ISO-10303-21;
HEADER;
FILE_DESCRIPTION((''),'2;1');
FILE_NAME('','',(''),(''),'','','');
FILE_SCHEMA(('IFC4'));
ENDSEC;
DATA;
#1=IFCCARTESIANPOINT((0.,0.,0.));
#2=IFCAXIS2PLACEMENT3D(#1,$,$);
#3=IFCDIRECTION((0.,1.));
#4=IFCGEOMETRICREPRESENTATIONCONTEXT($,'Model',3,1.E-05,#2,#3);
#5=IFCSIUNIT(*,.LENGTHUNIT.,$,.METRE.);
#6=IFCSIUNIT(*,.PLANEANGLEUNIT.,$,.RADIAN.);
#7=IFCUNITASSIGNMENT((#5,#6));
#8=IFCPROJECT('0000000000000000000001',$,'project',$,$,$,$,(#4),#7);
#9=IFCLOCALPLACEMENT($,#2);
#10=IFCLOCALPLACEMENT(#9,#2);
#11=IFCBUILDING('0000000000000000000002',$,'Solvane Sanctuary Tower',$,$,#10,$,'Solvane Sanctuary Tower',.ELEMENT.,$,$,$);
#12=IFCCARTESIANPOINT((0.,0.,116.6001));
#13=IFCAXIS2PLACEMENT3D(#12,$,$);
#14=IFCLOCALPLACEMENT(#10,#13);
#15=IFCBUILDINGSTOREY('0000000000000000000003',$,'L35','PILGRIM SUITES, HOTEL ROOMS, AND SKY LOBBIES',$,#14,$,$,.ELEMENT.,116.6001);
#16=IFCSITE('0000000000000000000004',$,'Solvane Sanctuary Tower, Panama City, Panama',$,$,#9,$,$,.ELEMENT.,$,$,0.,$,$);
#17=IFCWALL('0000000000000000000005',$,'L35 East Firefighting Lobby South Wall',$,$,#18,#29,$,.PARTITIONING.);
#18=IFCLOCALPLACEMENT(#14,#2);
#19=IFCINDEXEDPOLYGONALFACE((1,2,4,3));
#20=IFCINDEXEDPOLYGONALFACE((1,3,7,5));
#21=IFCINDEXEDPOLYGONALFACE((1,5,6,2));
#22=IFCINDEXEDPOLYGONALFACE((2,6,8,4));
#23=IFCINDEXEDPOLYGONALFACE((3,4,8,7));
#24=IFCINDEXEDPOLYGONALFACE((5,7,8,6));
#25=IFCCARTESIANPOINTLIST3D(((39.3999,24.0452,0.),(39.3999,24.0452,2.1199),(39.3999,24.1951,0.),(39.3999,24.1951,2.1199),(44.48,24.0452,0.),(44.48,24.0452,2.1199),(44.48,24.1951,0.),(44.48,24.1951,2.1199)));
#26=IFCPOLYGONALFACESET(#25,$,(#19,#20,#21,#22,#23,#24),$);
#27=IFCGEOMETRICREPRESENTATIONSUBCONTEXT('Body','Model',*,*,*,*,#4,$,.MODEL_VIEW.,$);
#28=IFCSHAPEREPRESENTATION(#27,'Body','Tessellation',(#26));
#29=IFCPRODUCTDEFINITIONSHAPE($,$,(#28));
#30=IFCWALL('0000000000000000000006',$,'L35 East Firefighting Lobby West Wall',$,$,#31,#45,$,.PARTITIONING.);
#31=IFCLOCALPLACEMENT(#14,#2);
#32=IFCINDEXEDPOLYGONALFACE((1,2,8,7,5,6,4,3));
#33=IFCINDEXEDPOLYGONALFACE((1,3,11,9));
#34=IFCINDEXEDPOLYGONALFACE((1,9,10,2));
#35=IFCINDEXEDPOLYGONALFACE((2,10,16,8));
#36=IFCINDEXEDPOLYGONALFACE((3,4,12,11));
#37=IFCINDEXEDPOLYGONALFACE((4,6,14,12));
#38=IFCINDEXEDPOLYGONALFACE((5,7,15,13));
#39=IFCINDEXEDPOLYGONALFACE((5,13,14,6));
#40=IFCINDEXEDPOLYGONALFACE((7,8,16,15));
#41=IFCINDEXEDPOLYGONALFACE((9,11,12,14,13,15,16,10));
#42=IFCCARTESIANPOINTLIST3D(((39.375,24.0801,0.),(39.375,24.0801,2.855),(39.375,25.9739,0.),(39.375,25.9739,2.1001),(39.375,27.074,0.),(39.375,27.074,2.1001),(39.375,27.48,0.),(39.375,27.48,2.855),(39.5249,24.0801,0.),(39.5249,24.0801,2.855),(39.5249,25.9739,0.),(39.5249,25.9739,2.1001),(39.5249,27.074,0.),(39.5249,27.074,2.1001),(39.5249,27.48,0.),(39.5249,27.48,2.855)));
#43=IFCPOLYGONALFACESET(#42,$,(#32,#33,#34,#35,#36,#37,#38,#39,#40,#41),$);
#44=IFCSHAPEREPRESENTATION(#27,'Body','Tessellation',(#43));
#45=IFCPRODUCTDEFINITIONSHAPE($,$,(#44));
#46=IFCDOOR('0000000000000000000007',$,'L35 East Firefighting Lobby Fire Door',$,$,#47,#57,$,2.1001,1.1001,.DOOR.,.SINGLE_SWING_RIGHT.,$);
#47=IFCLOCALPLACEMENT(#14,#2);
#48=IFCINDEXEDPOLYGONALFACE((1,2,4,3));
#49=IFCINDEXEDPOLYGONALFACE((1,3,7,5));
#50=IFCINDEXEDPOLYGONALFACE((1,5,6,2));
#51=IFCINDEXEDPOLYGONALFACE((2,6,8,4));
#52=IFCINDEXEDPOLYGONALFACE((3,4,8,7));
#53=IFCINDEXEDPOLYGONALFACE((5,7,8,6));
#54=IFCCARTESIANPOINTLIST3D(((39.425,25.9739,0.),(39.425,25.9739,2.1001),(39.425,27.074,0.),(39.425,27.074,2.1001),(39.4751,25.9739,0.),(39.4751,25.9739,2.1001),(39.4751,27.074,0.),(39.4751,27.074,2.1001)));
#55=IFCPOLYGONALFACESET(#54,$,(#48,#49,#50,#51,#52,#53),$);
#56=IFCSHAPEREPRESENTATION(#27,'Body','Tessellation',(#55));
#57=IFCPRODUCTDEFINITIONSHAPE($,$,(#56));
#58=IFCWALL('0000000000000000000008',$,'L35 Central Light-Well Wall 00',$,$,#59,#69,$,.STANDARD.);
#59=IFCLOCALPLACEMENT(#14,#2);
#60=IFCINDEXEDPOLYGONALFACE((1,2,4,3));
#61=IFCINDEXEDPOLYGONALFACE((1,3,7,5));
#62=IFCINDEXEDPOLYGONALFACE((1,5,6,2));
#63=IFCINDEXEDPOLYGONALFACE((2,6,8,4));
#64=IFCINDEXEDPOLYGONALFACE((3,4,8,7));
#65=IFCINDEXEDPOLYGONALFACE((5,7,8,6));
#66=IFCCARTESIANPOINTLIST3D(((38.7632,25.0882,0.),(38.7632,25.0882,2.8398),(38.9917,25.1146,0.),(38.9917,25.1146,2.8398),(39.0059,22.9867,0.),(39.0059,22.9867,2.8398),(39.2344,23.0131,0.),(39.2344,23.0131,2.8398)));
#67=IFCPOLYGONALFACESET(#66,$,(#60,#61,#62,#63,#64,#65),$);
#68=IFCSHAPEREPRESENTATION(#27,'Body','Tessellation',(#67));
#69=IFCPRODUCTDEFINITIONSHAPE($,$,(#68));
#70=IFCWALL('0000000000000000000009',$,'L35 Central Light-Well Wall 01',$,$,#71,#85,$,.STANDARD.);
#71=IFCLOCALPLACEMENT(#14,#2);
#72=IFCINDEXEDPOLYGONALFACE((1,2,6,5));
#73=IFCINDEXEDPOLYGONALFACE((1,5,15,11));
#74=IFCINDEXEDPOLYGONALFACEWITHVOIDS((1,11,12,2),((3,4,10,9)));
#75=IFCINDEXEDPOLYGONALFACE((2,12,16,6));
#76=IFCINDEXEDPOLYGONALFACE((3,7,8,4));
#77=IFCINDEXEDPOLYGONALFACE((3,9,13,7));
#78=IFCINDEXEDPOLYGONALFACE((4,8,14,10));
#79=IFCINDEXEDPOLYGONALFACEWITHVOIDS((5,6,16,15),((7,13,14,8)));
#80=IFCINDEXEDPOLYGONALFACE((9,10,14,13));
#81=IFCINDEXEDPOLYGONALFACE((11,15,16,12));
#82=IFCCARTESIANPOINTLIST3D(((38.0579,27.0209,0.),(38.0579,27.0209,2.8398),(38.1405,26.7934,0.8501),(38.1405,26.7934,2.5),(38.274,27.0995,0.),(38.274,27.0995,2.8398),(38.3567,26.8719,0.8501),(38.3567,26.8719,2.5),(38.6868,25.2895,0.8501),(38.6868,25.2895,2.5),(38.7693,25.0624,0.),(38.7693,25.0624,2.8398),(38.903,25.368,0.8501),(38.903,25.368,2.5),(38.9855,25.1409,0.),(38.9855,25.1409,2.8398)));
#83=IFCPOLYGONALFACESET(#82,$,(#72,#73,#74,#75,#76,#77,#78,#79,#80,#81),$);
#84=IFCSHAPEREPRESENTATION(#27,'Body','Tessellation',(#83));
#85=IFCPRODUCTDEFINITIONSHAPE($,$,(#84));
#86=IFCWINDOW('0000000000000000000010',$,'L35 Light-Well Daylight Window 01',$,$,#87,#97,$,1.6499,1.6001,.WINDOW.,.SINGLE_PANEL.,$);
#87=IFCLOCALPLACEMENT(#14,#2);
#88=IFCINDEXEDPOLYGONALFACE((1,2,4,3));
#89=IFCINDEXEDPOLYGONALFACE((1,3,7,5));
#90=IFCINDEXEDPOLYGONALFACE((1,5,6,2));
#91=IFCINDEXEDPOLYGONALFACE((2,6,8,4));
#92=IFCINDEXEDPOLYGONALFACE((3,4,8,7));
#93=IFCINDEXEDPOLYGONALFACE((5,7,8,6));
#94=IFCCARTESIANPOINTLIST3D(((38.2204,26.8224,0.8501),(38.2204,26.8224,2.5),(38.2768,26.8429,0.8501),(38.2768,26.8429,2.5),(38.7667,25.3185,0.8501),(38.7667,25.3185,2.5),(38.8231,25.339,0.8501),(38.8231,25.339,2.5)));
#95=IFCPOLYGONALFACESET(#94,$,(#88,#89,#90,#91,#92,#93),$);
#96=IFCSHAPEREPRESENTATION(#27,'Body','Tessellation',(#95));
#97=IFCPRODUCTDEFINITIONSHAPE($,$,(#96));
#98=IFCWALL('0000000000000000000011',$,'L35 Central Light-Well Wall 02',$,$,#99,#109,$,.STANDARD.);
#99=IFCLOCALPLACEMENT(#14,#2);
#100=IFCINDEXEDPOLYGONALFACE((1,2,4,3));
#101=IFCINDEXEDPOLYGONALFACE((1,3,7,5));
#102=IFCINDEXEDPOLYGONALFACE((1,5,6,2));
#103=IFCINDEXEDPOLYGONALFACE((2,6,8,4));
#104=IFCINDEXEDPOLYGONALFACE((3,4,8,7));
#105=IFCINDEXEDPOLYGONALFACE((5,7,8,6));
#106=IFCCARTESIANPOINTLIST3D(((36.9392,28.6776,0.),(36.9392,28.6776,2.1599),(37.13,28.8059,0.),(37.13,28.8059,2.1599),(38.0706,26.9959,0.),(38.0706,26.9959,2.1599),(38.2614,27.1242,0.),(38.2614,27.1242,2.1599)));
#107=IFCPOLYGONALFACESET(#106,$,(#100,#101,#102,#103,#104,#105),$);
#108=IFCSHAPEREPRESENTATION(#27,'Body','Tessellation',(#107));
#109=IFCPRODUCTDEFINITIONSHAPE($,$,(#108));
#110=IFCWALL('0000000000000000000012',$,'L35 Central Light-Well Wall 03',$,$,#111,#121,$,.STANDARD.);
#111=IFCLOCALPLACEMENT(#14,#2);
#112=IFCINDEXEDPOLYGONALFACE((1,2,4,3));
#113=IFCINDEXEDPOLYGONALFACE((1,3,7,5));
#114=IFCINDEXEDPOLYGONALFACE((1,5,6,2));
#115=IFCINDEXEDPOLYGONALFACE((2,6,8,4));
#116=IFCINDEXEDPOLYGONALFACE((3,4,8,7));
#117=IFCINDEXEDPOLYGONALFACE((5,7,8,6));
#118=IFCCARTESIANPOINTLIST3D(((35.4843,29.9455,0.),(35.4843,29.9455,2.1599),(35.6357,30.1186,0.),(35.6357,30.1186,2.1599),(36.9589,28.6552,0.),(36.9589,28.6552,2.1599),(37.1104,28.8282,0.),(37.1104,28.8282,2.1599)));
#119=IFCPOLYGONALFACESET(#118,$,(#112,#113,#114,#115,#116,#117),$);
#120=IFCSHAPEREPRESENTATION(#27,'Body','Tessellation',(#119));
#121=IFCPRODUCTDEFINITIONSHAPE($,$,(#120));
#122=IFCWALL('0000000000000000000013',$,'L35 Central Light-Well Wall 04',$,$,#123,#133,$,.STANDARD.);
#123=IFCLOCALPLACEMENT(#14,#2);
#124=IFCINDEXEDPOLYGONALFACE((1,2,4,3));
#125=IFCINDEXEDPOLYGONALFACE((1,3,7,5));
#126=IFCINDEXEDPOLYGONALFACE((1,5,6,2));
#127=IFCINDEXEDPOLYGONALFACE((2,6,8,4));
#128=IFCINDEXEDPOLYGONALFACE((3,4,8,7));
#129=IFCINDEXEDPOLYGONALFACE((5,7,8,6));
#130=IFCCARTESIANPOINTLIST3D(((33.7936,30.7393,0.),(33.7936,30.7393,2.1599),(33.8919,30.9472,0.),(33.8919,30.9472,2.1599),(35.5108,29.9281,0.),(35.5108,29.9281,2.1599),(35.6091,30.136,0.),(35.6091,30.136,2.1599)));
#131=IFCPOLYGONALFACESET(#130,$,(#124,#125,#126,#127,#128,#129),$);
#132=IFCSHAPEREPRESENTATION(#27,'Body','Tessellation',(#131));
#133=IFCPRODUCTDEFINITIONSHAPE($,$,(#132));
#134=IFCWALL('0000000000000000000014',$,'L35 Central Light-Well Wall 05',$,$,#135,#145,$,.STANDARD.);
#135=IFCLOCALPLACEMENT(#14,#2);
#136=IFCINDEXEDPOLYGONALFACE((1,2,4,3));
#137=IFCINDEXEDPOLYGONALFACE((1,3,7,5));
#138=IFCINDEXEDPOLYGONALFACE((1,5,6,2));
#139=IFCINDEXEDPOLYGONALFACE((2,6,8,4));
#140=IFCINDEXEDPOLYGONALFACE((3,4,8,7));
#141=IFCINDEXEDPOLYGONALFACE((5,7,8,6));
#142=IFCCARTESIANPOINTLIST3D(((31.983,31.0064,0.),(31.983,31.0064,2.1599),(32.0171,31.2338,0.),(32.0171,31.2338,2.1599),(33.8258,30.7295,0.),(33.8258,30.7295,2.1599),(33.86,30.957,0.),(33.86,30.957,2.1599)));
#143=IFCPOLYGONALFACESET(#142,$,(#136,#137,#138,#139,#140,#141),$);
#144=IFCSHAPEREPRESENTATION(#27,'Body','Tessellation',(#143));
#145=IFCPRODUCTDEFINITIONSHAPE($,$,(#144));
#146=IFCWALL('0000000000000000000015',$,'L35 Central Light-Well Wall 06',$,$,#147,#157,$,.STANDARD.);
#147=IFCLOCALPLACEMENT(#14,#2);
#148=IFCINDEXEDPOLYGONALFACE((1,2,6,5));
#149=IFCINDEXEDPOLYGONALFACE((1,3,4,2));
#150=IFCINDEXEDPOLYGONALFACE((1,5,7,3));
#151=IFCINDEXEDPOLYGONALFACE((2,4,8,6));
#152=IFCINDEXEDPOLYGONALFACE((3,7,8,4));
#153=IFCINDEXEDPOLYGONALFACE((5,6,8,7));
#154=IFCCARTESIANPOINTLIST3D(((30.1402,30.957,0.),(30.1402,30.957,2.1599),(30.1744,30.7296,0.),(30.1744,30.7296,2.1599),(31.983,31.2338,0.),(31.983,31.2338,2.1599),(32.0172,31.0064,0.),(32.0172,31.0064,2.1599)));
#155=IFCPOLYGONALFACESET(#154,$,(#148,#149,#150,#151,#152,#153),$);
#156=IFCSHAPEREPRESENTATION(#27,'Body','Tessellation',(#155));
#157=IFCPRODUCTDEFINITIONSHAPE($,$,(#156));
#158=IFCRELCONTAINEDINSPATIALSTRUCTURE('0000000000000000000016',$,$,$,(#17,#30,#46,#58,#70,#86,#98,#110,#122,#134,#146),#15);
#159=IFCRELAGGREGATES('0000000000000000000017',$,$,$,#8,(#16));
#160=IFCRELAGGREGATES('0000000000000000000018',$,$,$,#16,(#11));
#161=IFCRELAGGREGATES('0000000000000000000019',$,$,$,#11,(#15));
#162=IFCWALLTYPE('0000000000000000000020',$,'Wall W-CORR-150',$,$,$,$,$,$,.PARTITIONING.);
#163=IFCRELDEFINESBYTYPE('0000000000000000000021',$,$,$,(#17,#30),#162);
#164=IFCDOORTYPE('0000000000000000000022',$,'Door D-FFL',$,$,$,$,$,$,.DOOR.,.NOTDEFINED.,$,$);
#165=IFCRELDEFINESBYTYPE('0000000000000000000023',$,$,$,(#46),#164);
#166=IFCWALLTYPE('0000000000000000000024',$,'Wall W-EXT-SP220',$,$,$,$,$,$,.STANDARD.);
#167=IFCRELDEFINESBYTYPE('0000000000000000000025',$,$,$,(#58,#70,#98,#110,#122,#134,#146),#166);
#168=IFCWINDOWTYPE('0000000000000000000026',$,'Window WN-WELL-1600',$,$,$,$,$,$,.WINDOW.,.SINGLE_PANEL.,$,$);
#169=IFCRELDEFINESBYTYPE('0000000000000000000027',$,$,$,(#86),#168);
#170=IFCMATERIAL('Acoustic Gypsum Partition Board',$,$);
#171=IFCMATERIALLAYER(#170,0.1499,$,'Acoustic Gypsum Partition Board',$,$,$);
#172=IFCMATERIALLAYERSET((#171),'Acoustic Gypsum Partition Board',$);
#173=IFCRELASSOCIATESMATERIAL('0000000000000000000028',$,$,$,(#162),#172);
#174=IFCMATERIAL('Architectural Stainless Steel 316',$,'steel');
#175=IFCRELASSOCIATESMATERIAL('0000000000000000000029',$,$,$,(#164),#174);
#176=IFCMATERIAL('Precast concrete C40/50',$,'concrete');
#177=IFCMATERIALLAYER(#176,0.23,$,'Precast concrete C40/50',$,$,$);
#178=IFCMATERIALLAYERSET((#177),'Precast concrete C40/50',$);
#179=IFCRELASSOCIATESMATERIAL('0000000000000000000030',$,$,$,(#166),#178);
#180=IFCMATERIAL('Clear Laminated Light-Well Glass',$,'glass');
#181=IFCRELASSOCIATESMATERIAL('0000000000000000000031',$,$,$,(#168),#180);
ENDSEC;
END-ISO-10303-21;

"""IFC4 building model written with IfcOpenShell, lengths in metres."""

from ifc_helpers import new_model, si_unit, direction, frame, frame_2d, origin, place, context, subcontext, project, spatial, rectangle, extrude, material, layer, layer_set, type_object, element, fill, save


model = new_model("IFC4")

# Units and contexts
model_context = context("Model", 3, precision=1e-05, world=origin(), true_north=direction((0.0, 1.0)))
body_context = subcontext(model_context, "Body", "Model", "MODEL_VIEW")
ifc_project = project(units=[si_unit("LENGTHUNIT", "METRE"), si_unit("PLANEANGLEUNIT", "RADIAN")], contexts=[model_context])

# Site, building, storey
site_placement = place(None, origin())
site = spatial("IfcSite", under=ifc_project, at=site_placement, Name="Solvane Sanctuary Tower, Panama City, Panama", CompositionType="ELEMENT", RefElevation=0.0)
building_placement = place(site_placement, origin())
building = spatial("IfcBuilding", under=site, at=building_placement, Name="Solvane Sanctuary Tower", LongName="Solvane Sanctuary Tower", CompositionType="ELEMENT")
storey_placement = place(building_placement, frame((0.0, 0.0, 116.6001)))
storey = spatial("IfcBuildingStorey", under=building, at=storey_placement, Name="L35", Description="PILGRIM SUITES, HOTEL ROOMS, AND SKY LOBBIES", CompositionType="ELEMENT", Elevation=116.6001)

# Wall
ifc_material_1 = material(Name="Acoustic Gypsum Partition Board")
ifc_layer_1 = layer(ifc_material_1, 0.1499, Name="Acoustic Gypsum Partition Board")
ifc_layer_set_1 = layer_set([ifc_layer_1], Name="Acoustic Gypsum Partition Board")
wall_type_1 = type_object("IfcWallType", Name="Wall W-CORR-150", PredefinedType="PARTITIONING", material=ifc_layer_set_1)
wall_1_placement = place(storey_placement, frame((39.3999, 24.1201, 0.0), z_axis=(0.0, 0.0, 1.0), x_axis=(1.0, 0.0, 0.0)))
element("IfcWall", 1, at=wall_1_placement, inside=storey, type_object=wall_type_1, Name="L35 East Firefighting Lobby South Wall", PredefinedType="PARTITIONING", context=body_context, shape_type="SweptSolid", body=[
    extrude(rectangle(XDim=5.0801, YDim=0.1499, at=frame_2d((2.54, 0.0))), origin(), (0.0, 0.0, 1.0), 2.1199),
])

# Wall, opening, door
wall_2_placement = place(storey_placement, frame((39.45, 24.0801, 0.0), z_axis=(0.0, 0.0, 1.0), x_axis=(0.0, 1.0, 0.0)))
wall_2 = element("IfcWall", 2, at=wall_2_placement, inside=storey, type_object=wall_type_1, Name="L35 East Firefighting Lobby West Wall", PredefinedType="PARTITIONING", context=body_context, shape_type="SweptSolid", body=[
    extrude(rectangle(XDim=3.3999, YDim=0.1499, at=frame_2d((1.7, 0.0))), origin(), (0.0, 0.0, 1.0), 2.855),
])
opening_1_placement = place(wall_2_placement, frame((1.8938, 0.0, 0.0)))
opening_1 = element("IfcOpeningElement", 3, at=opening_1_placement, cuts=wall_2, PredefinedType="OPENING", context=body_context, shape_type="SweptSolid", body=[
    extrude(rectangle(XDim=1.1001, YDim=2.1001, at=frame_2d((0.55, 1.05))), frame((0.0, 0.085, 0.0), z_axis=(0.0, -1.0, 0.0), x_axis=(1.0, 0.0, 0.0)), (0.0, 0.0, 1.0), 0.1699),
])
ifc_material_2 = material(Name="Architectural Stainless Steel 316", Category="steel")
door_type = type_object("IfcDoorType", Name="Door D-FFL", OperationType="NOTDEFINED", PredefinedType="DOOR", material=ifc_material_2)
door_placement = place(opening_1_placement, origin())
door = element("IfcDoor", 4, at=door_placement, inside=storey, type_object=door_type, Name="L35 East Firefighting Lobby Fire Door", OperationType="SINGLE_SWING_RIGHT", OverallHeight=2.1001, OverallWidth=1.1001, PredefinedType="DOOR", context=body_context, shape_type="SweptSolid", body=[
    extrude(rectangle(XDim=1.1001, YDim=2.1001, at=frame_2d((0.55, 1.05))), frame((0.0, 0.0249, 0.0), z_axis=(0.0, -1.0, 0.0), x_axis=(1.0, 0.0, 0.0)), (0.0, 0.0, 1.0), 0.05),
])
fill(opening_1, door)

# Wall
ifc_material_3 = material(Name="Precast concrete C40/50", Category="concrete")
ifc_layer_2 = layer(ifc_material_3, 0.23, Name="Precast concrete C40/50")
ifc_layer_set_2 = layer_set([ifc_layer_2], Name="Precast concrete C40/50")
wall_type_2 = type_object("IfcWallType", Name="Wall W-EXT-SP220", PredefinedType="STANDARD", material=ifc_layer_set_2)
wall_3_placement = place(storey_placement, frame((39.1201, 23.0, 0.0), z_axis=(0.0, 0.0, 1.0), x_axis=(-0.114712, 0.993399, 0.0)))
element("IfcWall", 5, at=wall_3_placement, inside=storey, type_object=wall_type_2, Name="L35 Central Light-Well Wall 00", PredefinedType="STANDARD", context=body_context, shape_type="SweptSolid", body=[
    extrude(rectangle(XDim=2.1155, YDim=0.23, at=frame_2d((1.0576, 0.0))), origin(), (0.0, 0.0, 1.0), 2.8398),
])

# Wall, opening, window
wall_4_placement = place(storey_placement, frame((38.8774, 25.1016, 0.0), z_axis=(0.0, 0.0, 1.0), x_axis=(-0.341423, 0.93991, 0.0)))
wall_4 = element("IfcWall", 6, at=wall_4_placement, inside=storey, type_object=wall_type_2, Name="L35 Central Light-Well Wall 01", PredefinedType="STANDARD", context=body_context, shape_type="SweptSolid", body=[
    extrude(rectangle(XDim=2.0837, YDim=0.23, at=frame_2d((1.042, 0.0))), origin(), (0.0, 0.0, 1.0), 2.8398),
])
opening_2_placement = place(wall_4_placement, frame((0.2417, 0.0, 0.8501)))
opening_2 = element("IfcOpeningElement", 7, at=opening_2_placement, cuts=wall_4, PredefinedType="OPENING", context=body_context, shape_type="SweptSolid", body=[
    extrude(rectangle(XDim=1.6001, YDim=1.6499, at=frame_2d((0.8, 0.825))), frame((0.0, 0.125, 0.0), z_axis=(0.0, -1.0, 0.0), x_axis=(1.0, 0.0, 0.0)), (0.0, 0.0, 1.0), 0.25),
])
ifc_material_4 = material(Name="Clear Laminated Light-Well Glass", Category="glass")
window_type = type_object("IfcWindowType", Name="Window WN-WELL-1600", PartitioningType="SINGLE_PANEL", PredefinedType="WINDOW", material=ifc_material_4)
window_placement = place(opening_2_placement, origin())
window = element("IfcWindow", 8, at=window_placement, inside=storey, type_object=window_type, Name="L35 Light-Well Daylight Window 01", OverallHeight=1.6499, OverallWidth=1.6001, PartitioningType="SINGLE_PANEL", PredefinedType="WINDOW", context=body_context, shape_type="SweptSolid", body=[
    extrude(rectangle(XDim=1.6001, YDim=1.6499, at=frame_2d((0.8, 0.825))), frame((0.0, 0.03, 0.0), z_axis=(0.0, -1.0, 0.0), x_axis=(1.0, 0.0, 0.0)), (0.0, 0.0, 1.0), 0.0601),
])
fill(opening_2, window)

# Walls
wall_5_placement = place(storey_placement, frame((38.166, 27.0601, 0.0), z_axis=(0.0, 0.0, 1.0), x_axis=(-0.558198, 0.829708, 0.0)))
element("IfcWall", 9, at=wall_5_placement, inside=storey, type_object=wall_type_2, Name="L35 Central Light-Well Wall 02", PredefinedType="STANDARD", context=body_context, shape_type="SweptSolid", body=[
    extrude(rectangle(XDim=2.0269, YDim=0.23, at=frame_2d((1.0134, 0.0))), origin(), (0.0, 0.0, 1.0), 2.1599),
])
wall_6_placement = place(storey_placement, frame((37.0347, 28.7417, 0.0), z_axis=(0.0, 0.0, 1.0), x_axis=(-0.752577, 0.658505, 0.0)))
element("IfcWall", 10, at=wall_6_placement, inside=storey, type_object=wall_type_2, Name="L35 Central Light-Well Wall 03", PredefinedType="STANDARD", context=body_context, shape_type="SweptSolid", body=[
    extrude(rectangle(XDim=1.9595, YDim=0.23, at=frame_2d((0.9797, 0.0))), origin(), (0.0, 0.0, 1.0), 2.1599),
])
wall_7_placement = place(storey_placement, frame((35.5601, 30.032, 0.0), z_axis=(0.0, 0.0, 1.0), x_axis=(-0.90418, 0.427152, 0.0)))
element("IfcWall", 11, at=wall_7_placement, inside=storey, type_object=wall_type_2, Name="L35 Central Light-Well Wall 04", PredefinedType="STANDARD", context=body_context, shape_type="SweptSolid", body=[
    extrude(rectangle(XDim=1.8992, YDim=0.23, at=frame_2d((0.9497, 0.0))), origin(), (0.0, 0.0, 1.0), 2.1599),
])
for number, where, z_axis, x_axis, name in (
    (12, (33.8428, 30.8433, 0.0), (0.0, 0.0, 1.0), (-0.988902, 0.148571, 0.0), "L35 Central Light-Well Wall 05"),
    (13, (32.0, 31.1201, 0.0), (0.0, 0.0, 1.0), (-0.988902, -0.148571, 0.0), "L35 Central Light-Well Wall 06"),
):
    element("IfcWall", number, at=place(storey_placement, frame(where, z_axis=z_axis, x_axis=x_axis)), inside=storey, type_object=wall_type_2, Name=name, PredefinedType="STANDARD", context=body_context, shape_type="SweptSolid", body=[
        extrude(rectangle(XDim=1.8635, YDim=0.23, at=frame_2d((0.9316, 0.0))), origin(), (0.0, 0.0, 1.0), 2.1599),
    ])

save(model, "model.ifc")
